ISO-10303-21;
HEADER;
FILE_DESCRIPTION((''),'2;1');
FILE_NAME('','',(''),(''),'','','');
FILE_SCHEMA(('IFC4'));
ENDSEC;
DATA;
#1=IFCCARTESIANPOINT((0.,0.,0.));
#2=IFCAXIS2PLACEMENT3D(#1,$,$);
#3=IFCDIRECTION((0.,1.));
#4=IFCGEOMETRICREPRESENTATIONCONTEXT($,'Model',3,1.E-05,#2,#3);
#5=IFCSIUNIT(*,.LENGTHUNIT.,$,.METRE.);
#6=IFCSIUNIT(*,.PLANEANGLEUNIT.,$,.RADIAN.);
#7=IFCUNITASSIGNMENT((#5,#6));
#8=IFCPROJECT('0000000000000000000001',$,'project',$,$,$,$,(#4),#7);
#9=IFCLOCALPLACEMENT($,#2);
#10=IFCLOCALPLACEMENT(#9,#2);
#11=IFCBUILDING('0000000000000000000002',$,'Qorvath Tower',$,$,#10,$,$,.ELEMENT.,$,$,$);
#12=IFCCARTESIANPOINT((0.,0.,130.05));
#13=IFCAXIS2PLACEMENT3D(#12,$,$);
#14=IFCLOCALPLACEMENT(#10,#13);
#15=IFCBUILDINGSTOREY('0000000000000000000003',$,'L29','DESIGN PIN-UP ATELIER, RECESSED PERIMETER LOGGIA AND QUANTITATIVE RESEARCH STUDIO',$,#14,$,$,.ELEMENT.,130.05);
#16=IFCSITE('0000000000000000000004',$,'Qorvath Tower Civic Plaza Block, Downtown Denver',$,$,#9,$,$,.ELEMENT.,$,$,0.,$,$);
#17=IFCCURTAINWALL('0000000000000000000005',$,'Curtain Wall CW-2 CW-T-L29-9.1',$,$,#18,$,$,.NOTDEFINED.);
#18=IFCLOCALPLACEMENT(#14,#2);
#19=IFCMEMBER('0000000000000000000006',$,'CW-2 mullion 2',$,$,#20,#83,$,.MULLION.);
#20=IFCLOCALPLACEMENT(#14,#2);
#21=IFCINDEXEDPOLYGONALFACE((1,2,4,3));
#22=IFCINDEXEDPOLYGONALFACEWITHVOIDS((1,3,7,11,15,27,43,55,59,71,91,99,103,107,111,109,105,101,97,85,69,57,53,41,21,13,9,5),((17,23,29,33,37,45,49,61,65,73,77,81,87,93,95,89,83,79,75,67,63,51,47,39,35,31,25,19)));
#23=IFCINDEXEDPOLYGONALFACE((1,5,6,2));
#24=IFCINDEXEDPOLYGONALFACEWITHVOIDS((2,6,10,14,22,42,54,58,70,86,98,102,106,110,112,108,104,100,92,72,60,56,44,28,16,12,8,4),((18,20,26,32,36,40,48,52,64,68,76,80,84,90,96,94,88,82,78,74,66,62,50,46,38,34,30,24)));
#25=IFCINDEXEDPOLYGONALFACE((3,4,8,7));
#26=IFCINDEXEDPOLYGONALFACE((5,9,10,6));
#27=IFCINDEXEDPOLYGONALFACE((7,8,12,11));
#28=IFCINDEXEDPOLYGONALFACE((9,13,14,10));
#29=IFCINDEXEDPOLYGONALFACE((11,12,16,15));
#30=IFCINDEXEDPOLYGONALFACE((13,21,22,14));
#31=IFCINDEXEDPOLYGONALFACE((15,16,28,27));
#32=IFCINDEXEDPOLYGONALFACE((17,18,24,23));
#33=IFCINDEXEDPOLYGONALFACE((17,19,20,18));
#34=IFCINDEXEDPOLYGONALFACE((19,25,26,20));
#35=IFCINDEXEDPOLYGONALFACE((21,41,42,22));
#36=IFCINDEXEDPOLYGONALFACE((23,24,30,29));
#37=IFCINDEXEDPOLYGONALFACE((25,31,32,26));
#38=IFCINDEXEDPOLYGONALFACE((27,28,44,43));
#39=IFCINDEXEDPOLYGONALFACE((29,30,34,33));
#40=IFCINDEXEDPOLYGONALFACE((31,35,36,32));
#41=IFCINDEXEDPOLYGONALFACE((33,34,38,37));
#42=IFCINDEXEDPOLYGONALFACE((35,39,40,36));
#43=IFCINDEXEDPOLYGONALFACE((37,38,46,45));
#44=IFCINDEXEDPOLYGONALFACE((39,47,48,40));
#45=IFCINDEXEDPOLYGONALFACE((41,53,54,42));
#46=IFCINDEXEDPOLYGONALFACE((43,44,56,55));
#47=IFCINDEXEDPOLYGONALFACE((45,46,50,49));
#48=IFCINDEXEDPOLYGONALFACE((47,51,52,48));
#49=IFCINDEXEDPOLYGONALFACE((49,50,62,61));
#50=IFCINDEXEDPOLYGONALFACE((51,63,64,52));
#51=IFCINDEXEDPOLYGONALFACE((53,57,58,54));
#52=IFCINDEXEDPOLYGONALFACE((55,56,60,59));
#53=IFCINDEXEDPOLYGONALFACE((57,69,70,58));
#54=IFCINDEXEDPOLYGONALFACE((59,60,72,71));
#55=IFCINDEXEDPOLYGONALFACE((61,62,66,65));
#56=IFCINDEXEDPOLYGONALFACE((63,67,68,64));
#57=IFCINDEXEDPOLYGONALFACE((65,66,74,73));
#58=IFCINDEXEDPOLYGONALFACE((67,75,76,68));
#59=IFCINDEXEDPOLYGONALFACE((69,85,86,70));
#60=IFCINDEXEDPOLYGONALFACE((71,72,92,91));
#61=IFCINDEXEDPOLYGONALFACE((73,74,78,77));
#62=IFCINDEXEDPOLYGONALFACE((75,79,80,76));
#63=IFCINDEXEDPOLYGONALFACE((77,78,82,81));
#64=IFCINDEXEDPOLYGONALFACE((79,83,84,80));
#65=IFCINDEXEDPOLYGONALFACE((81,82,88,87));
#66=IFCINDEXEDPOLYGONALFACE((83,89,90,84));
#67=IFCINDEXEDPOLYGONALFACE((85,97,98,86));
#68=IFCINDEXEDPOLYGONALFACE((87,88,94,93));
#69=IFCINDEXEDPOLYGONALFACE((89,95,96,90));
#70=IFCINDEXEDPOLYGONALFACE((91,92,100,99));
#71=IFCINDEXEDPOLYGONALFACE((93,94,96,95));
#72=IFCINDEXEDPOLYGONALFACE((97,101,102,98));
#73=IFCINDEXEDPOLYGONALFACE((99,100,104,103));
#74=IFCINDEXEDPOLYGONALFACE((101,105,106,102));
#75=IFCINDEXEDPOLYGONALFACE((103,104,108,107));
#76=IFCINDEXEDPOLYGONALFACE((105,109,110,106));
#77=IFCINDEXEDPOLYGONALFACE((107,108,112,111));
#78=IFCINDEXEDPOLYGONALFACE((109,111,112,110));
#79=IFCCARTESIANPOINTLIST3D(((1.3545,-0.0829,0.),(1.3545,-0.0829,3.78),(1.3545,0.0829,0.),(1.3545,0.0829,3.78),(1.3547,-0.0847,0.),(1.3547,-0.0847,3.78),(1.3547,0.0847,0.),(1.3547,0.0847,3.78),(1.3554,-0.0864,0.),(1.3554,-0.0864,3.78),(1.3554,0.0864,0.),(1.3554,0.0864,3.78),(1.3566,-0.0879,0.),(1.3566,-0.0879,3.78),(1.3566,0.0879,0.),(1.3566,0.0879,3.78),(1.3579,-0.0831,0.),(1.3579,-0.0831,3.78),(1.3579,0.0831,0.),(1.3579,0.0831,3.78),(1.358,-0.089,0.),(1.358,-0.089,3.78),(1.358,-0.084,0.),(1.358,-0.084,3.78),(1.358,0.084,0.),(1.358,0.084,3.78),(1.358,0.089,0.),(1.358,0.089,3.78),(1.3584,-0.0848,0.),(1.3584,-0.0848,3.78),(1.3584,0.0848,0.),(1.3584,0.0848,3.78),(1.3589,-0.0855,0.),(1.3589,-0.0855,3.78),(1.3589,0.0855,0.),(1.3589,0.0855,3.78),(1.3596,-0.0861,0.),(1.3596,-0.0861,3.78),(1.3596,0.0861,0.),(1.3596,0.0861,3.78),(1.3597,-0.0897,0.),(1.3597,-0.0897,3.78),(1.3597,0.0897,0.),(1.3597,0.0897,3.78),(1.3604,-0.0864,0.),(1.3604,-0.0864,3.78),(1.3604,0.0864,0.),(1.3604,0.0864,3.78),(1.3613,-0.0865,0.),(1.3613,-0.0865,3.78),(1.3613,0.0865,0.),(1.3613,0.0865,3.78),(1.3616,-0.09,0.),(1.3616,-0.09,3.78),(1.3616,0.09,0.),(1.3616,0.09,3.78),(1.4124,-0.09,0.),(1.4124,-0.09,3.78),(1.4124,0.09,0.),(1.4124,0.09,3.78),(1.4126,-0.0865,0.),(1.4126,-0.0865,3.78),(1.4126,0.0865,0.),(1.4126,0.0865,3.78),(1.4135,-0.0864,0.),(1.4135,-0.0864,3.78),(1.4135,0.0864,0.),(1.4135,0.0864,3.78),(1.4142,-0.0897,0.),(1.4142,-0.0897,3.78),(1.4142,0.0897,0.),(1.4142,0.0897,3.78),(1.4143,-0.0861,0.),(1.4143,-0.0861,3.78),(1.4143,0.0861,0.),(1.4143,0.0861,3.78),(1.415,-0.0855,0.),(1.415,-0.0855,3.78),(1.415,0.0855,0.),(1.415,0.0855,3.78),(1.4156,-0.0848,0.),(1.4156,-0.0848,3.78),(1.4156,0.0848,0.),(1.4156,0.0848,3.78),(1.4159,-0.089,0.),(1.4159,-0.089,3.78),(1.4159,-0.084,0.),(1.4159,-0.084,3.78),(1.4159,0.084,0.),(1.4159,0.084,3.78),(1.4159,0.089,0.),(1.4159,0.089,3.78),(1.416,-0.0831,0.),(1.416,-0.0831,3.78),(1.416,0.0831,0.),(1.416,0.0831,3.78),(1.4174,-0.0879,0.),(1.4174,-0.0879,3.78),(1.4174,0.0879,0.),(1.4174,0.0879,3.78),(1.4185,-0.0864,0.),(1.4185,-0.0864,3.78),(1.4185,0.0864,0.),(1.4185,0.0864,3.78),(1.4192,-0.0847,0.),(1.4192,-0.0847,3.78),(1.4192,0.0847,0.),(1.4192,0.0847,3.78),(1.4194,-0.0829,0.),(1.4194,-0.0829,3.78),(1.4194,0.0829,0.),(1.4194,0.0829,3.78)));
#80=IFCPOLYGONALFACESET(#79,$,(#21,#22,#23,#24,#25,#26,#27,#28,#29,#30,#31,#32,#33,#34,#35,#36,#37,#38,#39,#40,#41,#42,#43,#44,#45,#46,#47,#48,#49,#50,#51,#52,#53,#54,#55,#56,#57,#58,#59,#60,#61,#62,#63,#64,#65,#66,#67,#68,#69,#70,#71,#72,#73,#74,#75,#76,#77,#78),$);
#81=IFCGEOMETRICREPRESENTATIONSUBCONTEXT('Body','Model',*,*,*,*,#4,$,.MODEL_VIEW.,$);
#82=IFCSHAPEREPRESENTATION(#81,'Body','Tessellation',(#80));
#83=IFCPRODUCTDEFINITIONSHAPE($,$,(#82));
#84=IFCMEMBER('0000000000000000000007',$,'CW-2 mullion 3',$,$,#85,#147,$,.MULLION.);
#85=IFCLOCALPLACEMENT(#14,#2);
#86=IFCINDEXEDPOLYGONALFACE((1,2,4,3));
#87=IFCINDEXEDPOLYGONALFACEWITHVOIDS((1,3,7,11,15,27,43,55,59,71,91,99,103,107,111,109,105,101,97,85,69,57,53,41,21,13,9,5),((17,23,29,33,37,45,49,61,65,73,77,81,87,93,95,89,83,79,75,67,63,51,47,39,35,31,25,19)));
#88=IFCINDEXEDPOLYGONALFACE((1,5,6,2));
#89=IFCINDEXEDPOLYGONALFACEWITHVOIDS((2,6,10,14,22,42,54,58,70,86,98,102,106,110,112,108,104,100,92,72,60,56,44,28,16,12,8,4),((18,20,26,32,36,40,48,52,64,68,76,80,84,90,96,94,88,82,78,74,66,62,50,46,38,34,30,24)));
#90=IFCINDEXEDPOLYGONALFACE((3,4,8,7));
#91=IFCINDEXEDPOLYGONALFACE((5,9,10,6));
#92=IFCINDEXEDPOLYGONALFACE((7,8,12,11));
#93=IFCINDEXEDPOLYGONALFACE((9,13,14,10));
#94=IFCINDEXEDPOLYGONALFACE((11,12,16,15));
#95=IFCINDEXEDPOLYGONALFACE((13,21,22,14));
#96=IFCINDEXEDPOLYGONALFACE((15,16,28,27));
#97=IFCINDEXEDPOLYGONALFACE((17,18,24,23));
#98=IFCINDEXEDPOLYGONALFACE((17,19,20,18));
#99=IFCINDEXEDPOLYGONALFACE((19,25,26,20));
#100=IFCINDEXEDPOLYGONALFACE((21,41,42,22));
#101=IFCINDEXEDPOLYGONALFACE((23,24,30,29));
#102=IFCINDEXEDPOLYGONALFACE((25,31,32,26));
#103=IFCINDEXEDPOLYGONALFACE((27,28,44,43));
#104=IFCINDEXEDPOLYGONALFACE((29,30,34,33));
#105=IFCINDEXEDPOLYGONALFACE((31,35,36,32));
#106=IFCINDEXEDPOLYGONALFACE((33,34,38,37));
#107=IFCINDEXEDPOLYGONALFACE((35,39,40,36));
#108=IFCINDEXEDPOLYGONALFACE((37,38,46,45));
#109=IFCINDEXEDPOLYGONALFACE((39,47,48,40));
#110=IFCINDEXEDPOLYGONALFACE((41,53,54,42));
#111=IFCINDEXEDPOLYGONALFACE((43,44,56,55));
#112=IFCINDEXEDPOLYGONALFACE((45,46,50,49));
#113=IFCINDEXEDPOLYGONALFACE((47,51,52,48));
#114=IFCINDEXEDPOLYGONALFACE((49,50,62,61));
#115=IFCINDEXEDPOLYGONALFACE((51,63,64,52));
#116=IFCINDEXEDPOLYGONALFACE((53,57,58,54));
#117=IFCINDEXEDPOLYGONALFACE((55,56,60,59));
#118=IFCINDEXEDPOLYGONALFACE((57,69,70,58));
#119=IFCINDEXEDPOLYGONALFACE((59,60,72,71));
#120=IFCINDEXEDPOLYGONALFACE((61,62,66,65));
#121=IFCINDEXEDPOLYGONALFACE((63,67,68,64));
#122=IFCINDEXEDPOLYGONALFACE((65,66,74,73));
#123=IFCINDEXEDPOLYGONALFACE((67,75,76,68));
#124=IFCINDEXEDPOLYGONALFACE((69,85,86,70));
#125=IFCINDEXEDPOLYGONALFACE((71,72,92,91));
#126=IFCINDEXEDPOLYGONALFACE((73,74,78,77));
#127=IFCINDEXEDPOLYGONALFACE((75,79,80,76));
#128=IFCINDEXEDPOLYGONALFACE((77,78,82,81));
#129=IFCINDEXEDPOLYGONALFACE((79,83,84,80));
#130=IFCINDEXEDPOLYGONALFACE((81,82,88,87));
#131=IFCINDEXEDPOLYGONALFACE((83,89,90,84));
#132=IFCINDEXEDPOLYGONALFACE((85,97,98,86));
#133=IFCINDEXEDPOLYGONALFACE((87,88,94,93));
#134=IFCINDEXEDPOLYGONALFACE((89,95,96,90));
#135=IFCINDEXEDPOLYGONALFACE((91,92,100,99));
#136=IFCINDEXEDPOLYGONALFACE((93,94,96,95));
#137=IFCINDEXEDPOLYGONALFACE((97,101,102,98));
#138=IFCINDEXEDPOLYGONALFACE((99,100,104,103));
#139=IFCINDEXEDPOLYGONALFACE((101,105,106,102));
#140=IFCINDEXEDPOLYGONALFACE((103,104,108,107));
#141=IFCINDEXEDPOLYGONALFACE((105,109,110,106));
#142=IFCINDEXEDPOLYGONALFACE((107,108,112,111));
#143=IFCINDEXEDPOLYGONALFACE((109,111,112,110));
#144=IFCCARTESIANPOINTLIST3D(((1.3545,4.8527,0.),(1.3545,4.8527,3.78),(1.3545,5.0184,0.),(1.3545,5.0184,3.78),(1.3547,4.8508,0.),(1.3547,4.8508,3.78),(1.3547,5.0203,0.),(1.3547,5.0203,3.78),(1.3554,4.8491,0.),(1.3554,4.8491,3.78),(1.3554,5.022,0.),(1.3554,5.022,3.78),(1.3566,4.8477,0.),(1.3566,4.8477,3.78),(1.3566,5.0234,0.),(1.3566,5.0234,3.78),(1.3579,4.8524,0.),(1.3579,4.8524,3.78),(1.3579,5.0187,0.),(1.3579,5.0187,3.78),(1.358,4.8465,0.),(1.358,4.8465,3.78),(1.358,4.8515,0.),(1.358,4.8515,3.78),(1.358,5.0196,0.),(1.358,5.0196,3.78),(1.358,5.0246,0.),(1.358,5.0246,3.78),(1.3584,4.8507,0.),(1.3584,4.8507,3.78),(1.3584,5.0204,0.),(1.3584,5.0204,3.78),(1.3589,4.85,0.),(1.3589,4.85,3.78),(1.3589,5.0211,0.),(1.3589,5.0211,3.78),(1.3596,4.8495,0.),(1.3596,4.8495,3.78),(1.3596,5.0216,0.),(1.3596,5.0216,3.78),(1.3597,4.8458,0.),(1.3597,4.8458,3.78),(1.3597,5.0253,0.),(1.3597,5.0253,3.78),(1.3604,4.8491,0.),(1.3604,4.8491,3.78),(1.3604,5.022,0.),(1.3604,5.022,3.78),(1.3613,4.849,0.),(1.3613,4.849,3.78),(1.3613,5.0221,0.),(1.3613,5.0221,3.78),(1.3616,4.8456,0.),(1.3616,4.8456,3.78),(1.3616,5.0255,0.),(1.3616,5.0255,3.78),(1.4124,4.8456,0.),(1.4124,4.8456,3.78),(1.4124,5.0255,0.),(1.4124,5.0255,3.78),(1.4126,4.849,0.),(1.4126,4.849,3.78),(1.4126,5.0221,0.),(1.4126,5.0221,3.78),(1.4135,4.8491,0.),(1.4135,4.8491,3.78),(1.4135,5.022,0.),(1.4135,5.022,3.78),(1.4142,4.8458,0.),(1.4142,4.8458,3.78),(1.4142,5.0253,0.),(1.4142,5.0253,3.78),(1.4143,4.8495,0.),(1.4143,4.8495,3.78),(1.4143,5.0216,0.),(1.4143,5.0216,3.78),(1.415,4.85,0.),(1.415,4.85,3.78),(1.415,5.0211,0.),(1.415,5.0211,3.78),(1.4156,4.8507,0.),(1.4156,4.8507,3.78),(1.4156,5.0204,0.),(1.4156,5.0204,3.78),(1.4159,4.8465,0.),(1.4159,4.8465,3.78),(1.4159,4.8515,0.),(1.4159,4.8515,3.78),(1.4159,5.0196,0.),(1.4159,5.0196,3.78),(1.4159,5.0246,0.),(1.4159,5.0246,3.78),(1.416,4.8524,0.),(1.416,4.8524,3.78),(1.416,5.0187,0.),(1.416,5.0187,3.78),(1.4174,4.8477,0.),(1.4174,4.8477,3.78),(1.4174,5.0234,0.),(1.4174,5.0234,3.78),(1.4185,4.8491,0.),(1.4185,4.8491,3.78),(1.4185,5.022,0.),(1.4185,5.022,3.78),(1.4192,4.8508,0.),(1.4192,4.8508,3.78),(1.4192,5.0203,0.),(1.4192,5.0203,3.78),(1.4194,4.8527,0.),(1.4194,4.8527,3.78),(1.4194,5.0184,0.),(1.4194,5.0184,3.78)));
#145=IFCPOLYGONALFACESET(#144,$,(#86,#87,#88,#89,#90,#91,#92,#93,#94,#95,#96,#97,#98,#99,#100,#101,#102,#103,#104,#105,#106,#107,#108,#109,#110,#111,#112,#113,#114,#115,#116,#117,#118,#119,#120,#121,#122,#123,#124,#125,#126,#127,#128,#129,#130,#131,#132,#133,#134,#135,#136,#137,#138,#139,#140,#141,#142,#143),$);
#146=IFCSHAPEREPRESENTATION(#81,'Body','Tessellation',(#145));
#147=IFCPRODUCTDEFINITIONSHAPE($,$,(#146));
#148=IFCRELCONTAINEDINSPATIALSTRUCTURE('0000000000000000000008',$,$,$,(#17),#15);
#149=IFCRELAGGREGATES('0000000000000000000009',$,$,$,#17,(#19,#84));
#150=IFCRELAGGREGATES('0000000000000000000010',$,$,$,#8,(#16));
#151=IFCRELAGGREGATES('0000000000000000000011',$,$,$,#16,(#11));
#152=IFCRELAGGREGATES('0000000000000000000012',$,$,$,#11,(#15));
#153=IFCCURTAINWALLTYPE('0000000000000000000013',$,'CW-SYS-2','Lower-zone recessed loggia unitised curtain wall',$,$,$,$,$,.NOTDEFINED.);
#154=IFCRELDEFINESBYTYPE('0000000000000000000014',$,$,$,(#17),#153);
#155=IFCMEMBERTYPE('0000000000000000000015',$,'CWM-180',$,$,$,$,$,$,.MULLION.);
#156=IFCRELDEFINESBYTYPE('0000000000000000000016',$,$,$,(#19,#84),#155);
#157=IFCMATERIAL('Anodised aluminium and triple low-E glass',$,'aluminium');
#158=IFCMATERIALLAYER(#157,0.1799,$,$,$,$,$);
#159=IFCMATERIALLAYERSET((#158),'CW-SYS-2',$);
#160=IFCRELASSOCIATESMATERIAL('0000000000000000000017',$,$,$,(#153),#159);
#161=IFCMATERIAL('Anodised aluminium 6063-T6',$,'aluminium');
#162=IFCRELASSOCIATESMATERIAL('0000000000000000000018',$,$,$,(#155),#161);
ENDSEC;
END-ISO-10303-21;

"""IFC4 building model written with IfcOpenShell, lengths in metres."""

from ifc_helpers import new_model, si_unit, direction, frame, origin, origin_2d, place, context, subcontext, project, spatial, hollow_rectangle, extrude, material, layer, layer_set, material_profile, profile_set, type_object, element, aggregate, save


model = new_model("IFC4")

# Units and contexts
model_context = context("Model", 3, precision=1e-05, world=origin(), true_north=direction((0.0, 1.0)))
body_context = subcontext(model_context, "Body", "Model", "MODEL_VIEW")
ifc_project = project(units=[si_unit("LENGTHUNIT", "METRE"), si_unit("PLANEANGLEUNIT", "RADIAN")], contexts=[model_context])

# Site, building, storey
site_placement = place(None, origin())
site = spatial("IfcSite", under=ifc_project, at=site_placement, Name="Qorvath Tower Civic Plaza Block, Downtown Denver", CompositionType="ELEMENT", RefElevation=0.0)
building_placement = place(site_placement, origin())
building = spatial("IfcBuilding", under=site, at=building_placement, Name="Qorvath Tower", CompositionType="ELEMENT")
storey_placement = place(building_placement, frame((0.0, 0.0, 130.05)))
storey = spatial("IfcBuildingStorey", under=building, at=storey_placement, Name="L29", Description="DESIGN PIN-UP ATELIER, RECESSED PERIMETER LOGGIA AND QUANTITATIVE RESEARCH STUDIO", CompositionType="ELEMENT", Elevation=130.05)

# Curtain wall, members
ifc_material_1 = material(Name="Anodised aluminium and triple low-E glass", Category="aluminium")
ifc_layer_1 = layer(ifc_material_1, 0.1799)
ifc_layer_set_1 = layer_set([ifc_layer_1], Name="CW-SYS-2")
curtain_wall_type = type_object("IfcCurtainWallType", Name="CW-SYS-2", Description="Lower-zone recessed loggia unitised curtain wall", PredefinedType="NOTDEFINED", material=ifc_layer_set_1)
curtain_wall_1_placement = place(storey_placement, origin())
curtain_wall_1 = element("IfcCurtainWall", 1, at=curtain_wall_1_placement, inside=storey, type_object=curtain_wall_type, Name="Curtain Wall CW-2 CW-T-L29-9.1", PredefinedType="NOTDEFINED")
ifc_material_2 = material(Name="Anodised aluminium 6063-T6", Category="aluminium")
ifc_material_profile_1 = material_profile(ifc_material_2, hollow_rectangle(XDim=0.0649, YDim=0.1799, WallThickness=0.0034, InnerFilletRadius=0.0034, OuterFilletRadius=0.0071, at=origin_2d()), Name="CWM 180x65")
ifc_profile_set_1 = profile_set([ifc_material_profile_1], Name="Anodised aluminium 6063-T6")
member_type_1 = type_object("IfcMemberType", Name="CWM-180", PredefinedType="MULLION", material=ifc_profile_set_1)
member_1_placement = place(storey_placement, frame((1.387, 0.0, 0.0), z_axis=(0.0, 0.0, 1.0), x_axis=(-1.0, 0.0, 0.0)))
member_1 = element("IfcMember", 2, at=member_1_placement, type_object=member_type_1, Name="CW-2 mullion 2", PredefinedType="MULLION", context=body_context, shape_type="SweptSolid", body=[
    extrude(hollow_rectangle(XDim=0.0649, YDim=0.1799, WallThickness=0.0034, InnerFilletRadius=0.0034, OuterFilletRadius=0.0071, at=origin_2d()), origin(), (0.0, 0.0, 1.0), 3.78),
])
member_2_placement = place(storey_placement, frame((1.387, 4.9355, 0.0), z_axis=(0.0, 0.0, 1.0), x_axis=(-1.0, 0.0, 0.0)))
member_2 = element("IfcMember", 3, at=member_2_placement, type_object=member_type_1, Name="CW-2 mullion 3", PredefinedType="MULLION", context=body_context, shape_type="SweptSolid", body=[
    extrude(hollow_rectangle(XDim=0.0649, YDim=0.1799, WallThickness=0.0034, InnerFilletRadius=0.0034, OuterFilletRadius=0.0071, at=origin_2d()), origin(), (0.0, 0.0, 1.0), 3.78),
])

aggregate(curtain_wall_1, [member_1, member_2])

save(model, "model.ifc")
